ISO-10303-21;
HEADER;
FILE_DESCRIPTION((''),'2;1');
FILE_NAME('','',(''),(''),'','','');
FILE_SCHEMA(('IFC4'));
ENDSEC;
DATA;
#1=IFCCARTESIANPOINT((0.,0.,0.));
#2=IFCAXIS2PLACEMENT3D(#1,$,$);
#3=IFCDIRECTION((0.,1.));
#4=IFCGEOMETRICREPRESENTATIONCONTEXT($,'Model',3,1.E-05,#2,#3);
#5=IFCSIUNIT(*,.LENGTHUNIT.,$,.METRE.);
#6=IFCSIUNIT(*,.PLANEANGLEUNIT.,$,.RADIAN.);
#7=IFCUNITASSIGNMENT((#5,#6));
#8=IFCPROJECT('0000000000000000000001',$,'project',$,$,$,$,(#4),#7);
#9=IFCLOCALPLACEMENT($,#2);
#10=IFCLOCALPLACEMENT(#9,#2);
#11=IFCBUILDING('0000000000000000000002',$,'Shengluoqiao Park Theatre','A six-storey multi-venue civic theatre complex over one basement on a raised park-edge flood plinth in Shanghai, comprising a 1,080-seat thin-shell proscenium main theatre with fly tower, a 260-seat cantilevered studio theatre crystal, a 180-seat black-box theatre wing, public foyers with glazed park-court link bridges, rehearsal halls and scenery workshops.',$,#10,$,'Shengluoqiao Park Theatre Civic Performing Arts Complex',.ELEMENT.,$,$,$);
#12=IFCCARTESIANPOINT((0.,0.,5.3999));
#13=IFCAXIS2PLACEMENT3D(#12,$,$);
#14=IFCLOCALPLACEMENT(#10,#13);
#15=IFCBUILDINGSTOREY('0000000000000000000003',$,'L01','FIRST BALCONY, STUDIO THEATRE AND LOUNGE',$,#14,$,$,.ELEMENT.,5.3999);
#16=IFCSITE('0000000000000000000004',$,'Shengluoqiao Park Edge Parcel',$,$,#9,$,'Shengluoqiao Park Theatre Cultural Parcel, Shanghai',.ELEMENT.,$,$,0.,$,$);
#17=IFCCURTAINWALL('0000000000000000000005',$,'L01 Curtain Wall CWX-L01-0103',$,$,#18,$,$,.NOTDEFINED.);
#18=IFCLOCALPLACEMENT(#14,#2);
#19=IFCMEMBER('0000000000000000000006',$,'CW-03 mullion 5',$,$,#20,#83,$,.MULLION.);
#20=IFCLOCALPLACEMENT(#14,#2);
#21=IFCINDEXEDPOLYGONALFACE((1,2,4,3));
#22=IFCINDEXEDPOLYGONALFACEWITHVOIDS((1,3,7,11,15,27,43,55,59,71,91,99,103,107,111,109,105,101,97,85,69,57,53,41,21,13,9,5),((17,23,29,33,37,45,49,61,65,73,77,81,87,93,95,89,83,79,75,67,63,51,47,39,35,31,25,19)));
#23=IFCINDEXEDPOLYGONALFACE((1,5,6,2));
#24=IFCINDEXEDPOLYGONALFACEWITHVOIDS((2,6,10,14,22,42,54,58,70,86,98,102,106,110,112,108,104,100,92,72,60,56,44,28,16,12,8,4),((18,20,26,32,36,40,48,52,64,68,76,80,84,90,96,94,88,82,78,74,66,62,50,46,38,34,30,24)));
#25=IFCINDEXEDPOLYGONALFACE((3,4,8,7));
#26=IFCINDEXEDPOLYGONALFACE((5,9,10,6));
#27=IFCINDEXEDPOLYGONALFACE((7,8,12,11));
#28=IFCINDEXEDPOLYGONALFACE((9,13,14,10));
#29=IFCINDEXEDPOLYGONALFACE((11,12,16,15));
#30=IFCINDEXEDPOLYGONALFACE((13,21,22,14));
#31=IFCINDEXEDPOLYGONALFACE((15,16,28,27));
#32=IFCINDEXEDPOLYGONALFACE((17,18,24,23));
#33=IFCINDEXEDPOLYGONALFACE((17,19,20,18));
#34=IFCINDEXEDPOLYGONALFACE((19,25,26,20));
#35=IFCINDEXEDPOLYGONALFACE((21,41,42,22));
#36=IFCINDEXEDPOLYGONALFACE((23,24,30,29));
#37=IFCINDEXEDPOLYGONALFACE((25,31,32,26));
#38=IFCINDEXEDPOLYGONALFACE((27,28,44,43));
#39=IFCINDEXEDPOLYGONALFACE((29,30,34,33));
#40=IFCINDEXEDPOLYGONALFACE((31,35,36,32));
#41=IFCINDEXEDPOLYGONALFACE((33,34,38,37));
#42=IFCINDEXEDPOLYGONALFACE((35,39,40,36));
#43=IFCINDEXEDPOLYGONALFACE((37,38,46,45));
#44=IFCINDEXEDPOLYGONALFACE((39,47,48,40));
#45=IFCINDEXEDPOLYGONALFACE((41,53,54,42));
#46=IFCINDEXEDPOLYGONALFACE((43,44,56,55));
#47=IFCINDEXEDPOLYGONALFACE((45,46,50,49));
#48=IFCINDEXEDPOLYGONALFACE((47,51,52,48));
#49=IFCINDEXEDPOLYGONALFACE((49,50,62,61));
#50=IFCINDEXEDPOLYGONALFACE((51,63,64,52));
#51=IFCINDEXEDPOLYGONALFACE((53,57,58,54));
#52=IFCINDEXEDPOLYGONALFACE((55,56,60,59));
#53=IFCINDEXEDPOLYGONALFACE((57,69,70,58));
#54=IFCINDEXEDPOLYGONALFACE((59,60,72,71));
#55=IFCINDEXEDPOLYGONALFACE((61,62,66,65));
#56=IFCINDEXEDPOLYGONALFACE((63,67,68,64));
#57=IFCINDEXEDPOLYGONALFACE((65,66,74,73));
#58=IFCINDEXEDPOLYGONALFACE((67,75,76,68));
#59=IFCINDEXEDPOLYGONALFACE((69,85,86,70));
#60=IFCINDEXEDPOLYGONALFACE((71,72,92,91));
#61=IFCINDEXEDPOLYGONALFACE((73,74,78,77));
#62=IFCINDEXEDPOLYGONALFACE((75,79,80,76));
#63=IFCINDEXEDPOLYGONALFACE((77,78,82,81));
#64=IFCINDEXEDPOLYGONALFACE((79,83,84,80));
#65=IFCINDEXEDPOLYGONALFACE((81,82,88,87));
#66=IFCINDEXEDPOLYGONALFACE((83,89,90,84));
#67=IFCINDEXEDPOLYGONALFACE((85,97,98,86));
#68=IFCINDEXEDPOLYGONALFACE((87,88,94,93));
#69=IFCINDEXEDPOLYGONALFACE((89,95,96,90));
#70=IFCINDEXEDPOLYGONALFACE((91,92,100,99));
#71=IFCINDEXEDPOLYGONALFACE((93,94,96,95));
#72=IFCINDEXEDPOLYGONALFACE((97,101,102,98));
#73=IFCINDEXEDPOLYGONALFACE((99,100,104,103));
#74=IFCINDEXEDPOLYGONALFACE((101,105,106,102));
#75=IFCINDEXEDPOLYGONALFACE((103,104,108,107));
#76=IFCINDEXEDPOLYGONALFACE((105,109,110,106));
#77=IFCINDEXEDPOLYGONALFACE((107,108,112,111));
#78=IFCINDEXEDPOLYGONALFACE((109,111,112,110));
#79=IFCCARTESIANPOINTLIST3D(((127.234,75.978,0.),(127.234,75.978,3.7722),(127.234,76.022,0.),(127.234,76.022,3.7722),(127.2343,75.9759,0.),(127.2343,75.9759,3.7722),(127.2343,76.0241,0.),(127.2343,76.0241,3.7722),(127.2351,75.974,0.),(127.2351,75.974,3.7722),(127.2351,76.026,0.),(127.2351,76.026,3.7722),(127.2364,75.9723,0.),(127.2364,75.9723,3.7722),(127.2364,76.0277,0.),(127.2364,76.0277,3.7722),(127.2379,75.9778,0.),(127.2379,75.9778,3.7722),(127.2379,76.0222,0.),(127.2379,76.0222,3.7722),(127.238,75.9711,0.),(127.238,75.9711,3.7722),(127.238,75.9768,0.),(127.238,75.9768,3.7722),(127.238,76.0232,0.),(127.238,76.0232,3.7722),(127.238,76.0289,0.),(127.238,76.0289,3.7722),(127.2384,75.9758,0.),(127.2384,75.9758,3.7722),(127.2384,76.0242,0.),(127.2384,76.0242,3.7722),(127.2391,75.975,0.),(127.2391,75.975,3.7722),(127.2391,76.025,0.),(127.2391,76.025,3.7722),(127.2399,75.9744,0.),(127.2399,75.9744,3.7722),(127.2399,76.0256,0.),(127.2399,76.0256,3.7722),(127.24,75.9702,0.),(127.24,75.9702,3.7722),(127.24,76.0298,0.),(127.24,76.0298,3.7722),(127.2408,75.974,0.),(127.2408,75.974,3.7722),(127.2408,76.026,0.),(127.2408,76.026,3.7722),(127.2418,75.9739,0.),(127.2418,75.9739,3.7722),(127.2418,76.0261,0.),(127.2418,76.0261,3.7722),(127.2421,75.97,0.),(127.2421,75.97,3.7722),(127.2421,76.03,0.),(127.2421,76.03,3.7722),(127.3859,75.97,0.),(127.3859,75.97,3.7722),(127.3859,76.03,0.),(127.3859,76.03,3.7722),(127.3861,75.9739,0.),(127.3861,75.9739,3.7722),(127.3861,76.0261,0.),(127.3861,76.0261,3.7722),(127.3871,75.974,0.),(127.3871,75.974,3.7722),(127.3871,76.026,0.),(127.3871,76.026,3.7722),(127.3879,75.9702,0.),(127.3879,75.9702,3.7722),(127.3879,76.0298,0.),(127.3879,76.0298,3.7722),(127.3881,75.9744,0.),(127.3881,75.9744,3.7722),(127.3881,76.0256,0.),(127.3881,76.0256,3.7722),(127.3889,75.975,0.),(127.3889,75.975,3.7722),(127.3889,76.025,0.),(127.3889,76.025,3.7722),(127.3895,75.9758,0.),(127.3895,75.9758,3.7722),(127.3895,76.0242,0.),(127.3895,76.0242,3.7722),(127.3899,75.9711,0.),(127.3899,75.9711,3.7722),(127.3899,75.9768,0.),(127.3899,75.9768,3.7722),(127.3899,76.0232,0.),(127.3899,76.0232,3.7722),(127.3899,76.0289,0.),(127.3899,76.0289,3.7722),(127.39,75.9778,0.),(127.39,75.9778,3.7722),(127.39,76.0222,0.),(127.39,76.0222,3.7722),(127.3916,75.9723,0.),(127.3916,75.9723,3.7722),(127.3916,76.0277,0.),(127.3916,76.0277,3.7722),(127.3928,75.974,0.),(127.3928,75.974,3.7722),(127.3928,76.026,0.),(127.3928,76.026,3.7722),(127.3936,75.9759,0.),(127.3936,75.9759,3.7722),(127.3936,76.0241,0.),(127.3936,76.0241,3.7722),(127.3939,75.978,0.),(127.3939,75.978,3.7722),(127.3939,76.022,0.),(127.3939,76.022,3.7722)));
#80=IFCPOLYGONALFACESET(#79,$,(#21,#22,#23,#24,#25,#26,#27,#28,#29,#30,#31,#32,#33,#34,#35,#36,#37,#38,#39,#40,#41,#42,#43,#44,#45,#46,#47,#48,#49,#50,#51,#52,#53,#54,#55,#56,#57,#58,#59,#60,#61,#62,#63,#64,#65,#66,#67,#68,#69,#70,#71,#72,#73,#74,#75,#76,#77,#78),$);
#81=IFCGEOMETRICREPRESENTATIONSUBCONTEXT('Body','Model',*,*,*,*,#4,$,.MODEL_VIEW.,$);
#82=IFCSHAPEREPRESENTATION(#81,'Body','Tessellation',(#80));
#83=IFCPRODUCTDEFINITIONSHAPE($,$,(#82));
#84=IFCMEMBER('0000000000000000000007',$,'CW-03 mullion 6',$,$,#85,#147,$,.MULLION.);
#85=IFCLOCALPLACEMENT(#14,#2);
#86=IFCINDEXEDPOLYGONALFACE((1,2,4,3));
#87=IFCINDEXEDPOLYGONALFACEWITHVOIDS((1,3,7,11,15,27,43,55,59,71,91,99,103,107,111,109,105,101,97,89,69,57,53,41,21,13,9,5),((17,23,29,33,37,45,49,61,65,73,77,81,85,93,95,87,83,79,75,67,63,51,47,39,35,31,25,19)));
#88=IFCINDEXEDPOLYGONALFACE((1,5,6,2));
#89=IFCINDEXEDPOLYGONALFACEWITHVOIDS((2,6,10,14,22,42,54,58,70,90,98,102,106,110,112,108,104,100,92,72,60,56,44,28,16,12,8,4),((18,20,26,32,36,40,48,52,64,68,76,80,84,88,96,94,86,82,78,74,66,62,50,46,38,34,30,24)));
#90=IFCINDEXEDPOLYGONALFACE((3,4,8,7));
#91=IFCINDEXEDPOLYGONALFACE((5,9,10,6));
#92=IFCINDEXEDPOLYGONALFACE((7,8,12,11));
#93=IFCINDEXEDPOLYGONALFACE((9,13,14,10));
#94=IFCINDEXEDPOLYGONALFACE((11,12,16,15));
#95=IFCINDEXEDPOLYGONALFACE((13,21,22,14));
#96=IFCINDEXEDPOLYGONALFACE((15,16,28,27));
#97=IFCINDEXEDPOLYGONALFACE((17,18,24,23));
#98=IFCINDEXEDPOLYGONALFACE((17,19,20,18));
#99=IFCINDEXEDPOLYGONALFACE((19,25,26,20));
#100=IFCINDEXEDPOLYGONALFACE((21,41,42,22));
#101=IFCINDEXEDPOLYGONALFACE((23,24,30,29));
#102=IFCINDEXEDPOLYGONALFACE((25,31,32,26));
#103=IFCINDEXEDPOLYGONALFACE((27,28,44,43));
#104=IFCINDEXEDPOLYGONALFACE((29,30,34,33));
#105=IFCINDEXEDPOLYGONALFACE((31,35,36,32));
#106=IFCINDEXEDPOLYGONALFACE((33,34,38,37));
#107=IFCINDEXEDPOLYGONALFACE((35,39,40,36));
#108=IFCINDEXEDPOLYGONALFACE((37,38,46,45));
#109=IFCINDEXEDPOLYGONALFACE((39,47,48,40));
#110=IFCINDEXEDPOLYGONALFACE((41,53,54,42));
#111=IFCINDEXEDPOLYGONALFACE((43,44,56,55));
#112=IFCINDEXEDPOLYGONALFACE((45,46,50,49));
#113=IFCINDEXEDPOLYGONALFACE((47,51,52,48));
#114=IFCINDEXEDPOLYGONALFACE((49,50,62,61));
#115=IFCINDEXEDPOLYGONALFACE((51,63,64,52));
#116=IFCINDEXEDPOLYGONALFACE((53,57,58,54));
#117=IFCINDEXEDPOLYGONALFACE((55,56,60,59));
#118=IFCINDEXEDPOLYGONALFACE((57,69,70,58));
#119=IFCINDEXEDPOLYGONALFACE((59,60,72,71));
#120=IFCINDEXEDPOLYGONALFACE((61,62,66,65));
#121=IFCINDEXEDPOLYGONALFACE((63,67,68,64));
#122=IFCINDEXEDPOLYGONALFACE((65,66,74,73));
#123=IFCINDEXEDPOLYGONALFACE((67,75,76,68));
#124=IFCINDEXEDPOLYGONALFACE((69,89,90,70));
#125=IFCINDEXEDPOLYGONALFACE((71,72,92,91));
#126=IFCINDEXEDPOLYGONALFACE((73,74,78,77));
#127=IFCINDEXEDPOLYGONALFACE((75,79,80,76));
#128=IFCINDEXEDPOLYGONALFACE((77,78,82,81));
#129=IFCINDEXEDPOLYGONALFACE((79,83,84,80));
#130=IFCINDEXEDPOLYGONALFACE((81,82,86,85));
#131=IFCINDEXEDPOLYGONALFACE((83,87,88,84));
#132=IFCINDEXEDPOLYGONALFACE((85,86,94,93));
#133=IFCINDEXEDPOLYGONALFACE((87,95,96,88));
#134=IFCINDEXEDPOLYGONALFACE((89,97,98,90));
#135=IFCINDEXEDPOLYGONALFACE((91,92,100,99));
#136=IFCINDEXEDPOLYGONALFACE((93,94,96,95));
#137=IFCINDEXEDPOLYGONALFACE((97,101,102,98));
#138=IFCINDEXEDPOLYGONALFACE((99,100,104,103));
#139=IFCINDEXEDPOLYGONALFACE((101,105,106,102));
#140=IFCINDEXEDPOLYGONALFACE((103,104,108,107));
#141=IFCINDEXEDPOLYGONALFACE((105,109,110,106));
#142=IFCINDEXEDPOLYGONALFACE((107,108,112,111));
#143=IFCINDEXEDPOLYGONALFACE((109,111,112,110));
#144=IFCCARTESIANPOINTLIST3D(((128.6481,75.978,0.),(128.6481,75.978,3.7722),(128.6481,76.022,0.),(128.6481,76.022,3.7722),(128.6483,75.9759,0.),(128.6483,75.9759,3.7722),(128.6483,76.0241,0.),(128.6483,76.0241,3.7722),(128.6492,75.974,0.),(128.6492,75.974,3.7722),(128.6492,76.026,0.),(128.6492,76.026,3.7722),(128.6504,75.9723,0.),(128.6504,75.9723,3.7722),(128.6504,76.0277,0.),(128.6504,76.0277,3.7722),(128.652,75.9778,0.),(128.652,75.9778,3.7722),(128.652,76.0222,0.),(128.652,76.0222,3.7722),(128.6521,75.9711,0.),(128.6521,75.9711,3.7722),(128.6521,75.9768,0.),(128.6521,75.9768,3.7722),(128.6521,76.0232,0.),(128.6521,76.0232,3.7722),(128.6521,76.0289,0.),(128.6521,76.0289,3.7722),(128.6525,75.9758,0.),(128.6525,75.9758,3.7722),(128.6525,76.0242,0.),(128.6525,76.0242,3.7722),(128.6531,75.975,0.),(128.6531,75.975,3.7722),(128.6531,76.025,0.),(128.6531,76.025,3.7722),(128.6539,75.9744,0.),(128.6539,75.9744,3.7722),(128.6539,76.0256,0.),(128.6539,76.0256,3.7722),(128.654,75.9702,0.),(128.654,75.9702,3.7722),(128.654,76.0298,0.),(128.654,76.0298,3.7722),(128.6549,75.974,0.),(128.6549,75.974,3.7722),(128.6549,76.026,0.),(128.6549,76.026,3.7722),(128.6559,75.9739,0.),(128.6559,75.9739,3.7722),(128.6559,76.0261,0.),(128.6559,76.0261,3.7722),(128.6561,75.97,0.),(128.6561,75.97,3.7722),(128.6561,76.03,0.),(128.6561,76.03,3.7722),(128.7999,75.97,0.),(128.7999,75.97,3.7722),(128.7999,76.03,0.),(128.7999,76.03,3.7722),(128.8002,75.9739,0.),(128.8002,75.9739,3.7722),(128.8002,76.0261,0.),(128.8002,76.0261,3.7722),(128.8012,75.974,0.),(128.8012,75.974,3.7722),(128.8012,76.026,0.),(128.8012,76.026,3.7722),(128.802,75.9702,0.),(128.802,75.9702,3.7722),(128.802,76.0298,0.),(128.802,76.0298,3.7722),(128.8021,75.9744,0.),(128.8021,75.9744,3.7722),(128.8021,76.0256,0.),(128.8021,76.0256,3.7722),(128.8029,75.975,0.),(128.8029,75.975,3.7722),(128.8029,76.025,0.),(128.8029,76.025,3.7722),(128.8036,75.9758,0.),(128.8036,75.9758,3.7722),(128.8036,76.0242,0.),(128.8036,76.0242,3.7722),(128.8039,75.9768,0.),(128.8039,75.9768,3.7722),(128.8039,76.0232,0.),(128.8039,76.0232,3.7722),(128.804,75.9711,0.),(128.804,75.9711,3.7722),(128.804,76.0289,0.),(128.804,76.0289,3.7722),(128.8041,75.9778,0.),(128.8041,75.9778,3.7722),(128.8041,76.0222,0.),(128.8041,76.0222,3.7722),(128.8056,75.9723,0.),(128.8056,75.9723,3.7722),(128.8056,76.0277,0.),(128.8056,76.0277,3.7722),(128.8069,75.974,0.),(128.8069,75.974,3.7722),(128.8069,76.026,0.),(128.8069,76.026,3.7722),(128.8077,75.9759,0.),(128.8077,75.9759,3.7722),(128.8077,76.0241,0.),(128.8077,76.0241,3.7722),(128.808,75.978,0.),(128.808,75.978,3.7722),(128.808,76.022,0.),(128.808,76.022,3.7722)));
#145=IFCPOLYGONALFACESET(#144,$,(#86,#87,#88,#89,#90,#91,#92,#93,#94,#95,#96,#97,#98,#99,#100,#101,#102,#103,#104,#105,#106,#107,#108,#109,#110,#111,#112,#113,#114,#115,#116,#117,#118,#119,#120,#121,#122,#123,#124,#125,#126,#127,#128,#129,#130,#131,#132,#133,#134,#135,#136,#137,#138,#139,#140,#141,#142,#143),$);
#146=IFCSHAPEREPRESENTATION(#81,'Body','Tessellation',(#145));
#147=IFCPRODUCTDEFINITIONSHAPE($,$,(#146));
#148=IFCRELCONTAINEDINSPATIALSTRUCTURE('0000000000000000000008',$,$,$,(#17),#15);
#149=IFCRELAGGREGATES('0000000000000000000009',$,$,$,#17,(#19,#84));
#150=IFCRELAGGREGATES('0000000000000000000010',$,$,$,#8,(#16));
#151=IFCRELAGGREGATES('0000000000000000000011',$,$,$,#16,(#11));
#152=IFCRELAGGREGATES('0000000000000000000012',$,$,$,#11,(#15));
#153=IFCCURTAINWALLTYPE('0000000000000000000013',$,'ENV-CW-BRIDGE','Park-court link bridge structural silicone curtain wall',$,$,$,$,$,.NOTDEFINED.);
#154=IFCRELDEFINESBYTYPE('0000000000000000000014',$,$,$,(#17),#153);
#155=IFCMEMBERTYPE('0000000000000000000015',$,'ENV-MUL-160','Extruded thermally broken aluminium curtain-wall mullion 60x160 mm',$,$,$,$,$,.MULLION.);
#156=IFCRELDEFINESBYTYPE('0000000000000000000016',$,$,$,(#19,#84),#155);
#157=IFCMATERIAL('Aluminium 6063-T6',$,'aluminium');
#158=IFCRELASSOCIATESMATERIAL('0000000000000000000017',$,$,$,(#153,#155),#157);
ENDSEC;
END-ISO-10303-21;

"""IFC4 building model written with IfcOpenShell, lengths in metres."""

from ifc_helpers import new_model, si_unit, direction, frame, origin, origin_2d, place, context, subcontext, project, spatial, hollow_rectangle, extrude, material, material_profile, profile_set, type_object, element, aggregate, save


model = new_model("IFC4")

# Units and contexts
model_context = context("Model", 3, precision=1e-05, world=origin(), true_north=direction((0.0, 1.0)))
body_context = subcontext(model_context, "Body", "Model", "MODEL_VIEW")
ifc_project = project(units=[si_unit("LENGTHUNIT", "METRE"), si_unit("PLANEANGLEUNIT", "RADIAN")], contexts=[model_context])

# Site, building, storey
site_placement = place(None, origin())
site = spatial("IfcSite", under=ifc_project, at=site_placement, Name="Shengluoqiao Park Edge Parcel", LongName="Shengluoqiao Park Theatre Cultural Parcel, Shanghai", CompositionType="ELEMENT", RefElevation=0.0)
building_placement = place(site_placement, origin())
building = spatial("IfcBuilding", under=site, at=building_placement, Name="Shengluoqiao Park Theatre", Description="A six-storey multi-venue civic theatre complex over one basement on a raised park-edge flood plinth in Shanghai, comprising a 1,080-seat thin-shell proscenium main theatre with fly tower, a 260-seat cantilevered studio theatre crystal, a 180-seat black-box theatre wing, public foyers with glazed park-court link bridges, rehearsal halls and scenery workshops.", LongName="Shengluoqiao Park Theatre Civic Performing Arts Complex", CompositionType="ELEMENT")
storey_placement = place(building_placement, frame((0.0, 0.0, 5.3999)))
storey = spatial("IfcBuildingStorey", under=building, at=storey_placement, Name="L01", Description="FIRST BALCONY, STUDIO THEATRE AND LOUNGE", CompositionType="ELEMENT", Elevation=5.3999)

# Curtain wall, members
ifc_material_1 = material(Name="Aluminium 6063-T6", Category="aluminium")
curtain_wall_type = type_object("IfcCurtainWallType", Name="ENV-CW-BRIDGE", Description="Park-court link bridge structural silicone curtain wall", PredefinedType="NOTDEFINED", material=ifc_material_1)
curtain_wall_1_placement = place(storey_placement, origin())
curtain_wall_1 = element("IfcCurtainWall", 1, at=curtain_wall_1_placement, inside=storey, type_object=curtain_wall_type, Name="L01 Curtain Wall CWX-L01-0103", PredefinedType="NOTDEFINED")
ifc_material_profile_1 = material_profile(ifc_material_1, hollow_rectangle(XDim=0.0601, YDim=0.1599, WallThickness=0.0039, InnerFilletRadius=0.0039, OuterFilletRadius=0.0081, at=origin_2d()), Name="ALU MULLION 160x60x4")
ifc_profile_set_1 = profile_set([ifc_material_profile_1], Name="Aluminium 6063-T6")
member_type_1 = type_object("IfcMemberType", Name="ENV-MUL-160", Description="Extruded thermally broken aluminium curtain-wall mullion 60x160 mm", PredefinedType="MULLION", material=ifc_profile_set_1)
member_1_placement = place(storey_placement, frame((127.314, 76.0, 0.0), z_axis=(0.0, 0.0, 1.0), x_axis=(0.0, 1.0, 0.0)))
member_1 = element("IfcMember", 2, at=member_1_placement, type_object=member_type_1, Name="CW-03 mullion 5", PredefinedType="MULLION", context=body_context, shape_type="SweptSolid", body=[
    extrude(hollow_rectangle(XDim=0.0601, YDim=0.1599, WallThickness=0.0039, InnerFilletRadius=0.0039, OuterFilletRadius=0.0081, at=origin_2d()), origin(), (0.0, 0.0, 1.0), 3.7722),
])
member_2_placement = place(storey_placement, frame((128.728, 76.0, 0.0), z_axis=(0.0, 0.0, 1.0), x_axis=(0.0, 1.0, 0.0)))
member_2 = element("IfcMember", 3, at=member_2_placement, type_object=member_type_1, Name="CW-03 mullion 6", PredefinedType="MULLION", context=body_context, shape_type="SweptSolid", body=[
    extrude(hollow_rectangle(XDim=0.0601, YDim=0.1599, WallThickness=0.0039, InnerFilletRadius=0.0039, OuterFilletRadius=0.0081, at=origin_2d()), origin(), (0.0, 0.0, 1.0), 3.7722),
])

aggregate(curtain_wall_1, [member_1, member_2])

save(model, "model.ifc")
